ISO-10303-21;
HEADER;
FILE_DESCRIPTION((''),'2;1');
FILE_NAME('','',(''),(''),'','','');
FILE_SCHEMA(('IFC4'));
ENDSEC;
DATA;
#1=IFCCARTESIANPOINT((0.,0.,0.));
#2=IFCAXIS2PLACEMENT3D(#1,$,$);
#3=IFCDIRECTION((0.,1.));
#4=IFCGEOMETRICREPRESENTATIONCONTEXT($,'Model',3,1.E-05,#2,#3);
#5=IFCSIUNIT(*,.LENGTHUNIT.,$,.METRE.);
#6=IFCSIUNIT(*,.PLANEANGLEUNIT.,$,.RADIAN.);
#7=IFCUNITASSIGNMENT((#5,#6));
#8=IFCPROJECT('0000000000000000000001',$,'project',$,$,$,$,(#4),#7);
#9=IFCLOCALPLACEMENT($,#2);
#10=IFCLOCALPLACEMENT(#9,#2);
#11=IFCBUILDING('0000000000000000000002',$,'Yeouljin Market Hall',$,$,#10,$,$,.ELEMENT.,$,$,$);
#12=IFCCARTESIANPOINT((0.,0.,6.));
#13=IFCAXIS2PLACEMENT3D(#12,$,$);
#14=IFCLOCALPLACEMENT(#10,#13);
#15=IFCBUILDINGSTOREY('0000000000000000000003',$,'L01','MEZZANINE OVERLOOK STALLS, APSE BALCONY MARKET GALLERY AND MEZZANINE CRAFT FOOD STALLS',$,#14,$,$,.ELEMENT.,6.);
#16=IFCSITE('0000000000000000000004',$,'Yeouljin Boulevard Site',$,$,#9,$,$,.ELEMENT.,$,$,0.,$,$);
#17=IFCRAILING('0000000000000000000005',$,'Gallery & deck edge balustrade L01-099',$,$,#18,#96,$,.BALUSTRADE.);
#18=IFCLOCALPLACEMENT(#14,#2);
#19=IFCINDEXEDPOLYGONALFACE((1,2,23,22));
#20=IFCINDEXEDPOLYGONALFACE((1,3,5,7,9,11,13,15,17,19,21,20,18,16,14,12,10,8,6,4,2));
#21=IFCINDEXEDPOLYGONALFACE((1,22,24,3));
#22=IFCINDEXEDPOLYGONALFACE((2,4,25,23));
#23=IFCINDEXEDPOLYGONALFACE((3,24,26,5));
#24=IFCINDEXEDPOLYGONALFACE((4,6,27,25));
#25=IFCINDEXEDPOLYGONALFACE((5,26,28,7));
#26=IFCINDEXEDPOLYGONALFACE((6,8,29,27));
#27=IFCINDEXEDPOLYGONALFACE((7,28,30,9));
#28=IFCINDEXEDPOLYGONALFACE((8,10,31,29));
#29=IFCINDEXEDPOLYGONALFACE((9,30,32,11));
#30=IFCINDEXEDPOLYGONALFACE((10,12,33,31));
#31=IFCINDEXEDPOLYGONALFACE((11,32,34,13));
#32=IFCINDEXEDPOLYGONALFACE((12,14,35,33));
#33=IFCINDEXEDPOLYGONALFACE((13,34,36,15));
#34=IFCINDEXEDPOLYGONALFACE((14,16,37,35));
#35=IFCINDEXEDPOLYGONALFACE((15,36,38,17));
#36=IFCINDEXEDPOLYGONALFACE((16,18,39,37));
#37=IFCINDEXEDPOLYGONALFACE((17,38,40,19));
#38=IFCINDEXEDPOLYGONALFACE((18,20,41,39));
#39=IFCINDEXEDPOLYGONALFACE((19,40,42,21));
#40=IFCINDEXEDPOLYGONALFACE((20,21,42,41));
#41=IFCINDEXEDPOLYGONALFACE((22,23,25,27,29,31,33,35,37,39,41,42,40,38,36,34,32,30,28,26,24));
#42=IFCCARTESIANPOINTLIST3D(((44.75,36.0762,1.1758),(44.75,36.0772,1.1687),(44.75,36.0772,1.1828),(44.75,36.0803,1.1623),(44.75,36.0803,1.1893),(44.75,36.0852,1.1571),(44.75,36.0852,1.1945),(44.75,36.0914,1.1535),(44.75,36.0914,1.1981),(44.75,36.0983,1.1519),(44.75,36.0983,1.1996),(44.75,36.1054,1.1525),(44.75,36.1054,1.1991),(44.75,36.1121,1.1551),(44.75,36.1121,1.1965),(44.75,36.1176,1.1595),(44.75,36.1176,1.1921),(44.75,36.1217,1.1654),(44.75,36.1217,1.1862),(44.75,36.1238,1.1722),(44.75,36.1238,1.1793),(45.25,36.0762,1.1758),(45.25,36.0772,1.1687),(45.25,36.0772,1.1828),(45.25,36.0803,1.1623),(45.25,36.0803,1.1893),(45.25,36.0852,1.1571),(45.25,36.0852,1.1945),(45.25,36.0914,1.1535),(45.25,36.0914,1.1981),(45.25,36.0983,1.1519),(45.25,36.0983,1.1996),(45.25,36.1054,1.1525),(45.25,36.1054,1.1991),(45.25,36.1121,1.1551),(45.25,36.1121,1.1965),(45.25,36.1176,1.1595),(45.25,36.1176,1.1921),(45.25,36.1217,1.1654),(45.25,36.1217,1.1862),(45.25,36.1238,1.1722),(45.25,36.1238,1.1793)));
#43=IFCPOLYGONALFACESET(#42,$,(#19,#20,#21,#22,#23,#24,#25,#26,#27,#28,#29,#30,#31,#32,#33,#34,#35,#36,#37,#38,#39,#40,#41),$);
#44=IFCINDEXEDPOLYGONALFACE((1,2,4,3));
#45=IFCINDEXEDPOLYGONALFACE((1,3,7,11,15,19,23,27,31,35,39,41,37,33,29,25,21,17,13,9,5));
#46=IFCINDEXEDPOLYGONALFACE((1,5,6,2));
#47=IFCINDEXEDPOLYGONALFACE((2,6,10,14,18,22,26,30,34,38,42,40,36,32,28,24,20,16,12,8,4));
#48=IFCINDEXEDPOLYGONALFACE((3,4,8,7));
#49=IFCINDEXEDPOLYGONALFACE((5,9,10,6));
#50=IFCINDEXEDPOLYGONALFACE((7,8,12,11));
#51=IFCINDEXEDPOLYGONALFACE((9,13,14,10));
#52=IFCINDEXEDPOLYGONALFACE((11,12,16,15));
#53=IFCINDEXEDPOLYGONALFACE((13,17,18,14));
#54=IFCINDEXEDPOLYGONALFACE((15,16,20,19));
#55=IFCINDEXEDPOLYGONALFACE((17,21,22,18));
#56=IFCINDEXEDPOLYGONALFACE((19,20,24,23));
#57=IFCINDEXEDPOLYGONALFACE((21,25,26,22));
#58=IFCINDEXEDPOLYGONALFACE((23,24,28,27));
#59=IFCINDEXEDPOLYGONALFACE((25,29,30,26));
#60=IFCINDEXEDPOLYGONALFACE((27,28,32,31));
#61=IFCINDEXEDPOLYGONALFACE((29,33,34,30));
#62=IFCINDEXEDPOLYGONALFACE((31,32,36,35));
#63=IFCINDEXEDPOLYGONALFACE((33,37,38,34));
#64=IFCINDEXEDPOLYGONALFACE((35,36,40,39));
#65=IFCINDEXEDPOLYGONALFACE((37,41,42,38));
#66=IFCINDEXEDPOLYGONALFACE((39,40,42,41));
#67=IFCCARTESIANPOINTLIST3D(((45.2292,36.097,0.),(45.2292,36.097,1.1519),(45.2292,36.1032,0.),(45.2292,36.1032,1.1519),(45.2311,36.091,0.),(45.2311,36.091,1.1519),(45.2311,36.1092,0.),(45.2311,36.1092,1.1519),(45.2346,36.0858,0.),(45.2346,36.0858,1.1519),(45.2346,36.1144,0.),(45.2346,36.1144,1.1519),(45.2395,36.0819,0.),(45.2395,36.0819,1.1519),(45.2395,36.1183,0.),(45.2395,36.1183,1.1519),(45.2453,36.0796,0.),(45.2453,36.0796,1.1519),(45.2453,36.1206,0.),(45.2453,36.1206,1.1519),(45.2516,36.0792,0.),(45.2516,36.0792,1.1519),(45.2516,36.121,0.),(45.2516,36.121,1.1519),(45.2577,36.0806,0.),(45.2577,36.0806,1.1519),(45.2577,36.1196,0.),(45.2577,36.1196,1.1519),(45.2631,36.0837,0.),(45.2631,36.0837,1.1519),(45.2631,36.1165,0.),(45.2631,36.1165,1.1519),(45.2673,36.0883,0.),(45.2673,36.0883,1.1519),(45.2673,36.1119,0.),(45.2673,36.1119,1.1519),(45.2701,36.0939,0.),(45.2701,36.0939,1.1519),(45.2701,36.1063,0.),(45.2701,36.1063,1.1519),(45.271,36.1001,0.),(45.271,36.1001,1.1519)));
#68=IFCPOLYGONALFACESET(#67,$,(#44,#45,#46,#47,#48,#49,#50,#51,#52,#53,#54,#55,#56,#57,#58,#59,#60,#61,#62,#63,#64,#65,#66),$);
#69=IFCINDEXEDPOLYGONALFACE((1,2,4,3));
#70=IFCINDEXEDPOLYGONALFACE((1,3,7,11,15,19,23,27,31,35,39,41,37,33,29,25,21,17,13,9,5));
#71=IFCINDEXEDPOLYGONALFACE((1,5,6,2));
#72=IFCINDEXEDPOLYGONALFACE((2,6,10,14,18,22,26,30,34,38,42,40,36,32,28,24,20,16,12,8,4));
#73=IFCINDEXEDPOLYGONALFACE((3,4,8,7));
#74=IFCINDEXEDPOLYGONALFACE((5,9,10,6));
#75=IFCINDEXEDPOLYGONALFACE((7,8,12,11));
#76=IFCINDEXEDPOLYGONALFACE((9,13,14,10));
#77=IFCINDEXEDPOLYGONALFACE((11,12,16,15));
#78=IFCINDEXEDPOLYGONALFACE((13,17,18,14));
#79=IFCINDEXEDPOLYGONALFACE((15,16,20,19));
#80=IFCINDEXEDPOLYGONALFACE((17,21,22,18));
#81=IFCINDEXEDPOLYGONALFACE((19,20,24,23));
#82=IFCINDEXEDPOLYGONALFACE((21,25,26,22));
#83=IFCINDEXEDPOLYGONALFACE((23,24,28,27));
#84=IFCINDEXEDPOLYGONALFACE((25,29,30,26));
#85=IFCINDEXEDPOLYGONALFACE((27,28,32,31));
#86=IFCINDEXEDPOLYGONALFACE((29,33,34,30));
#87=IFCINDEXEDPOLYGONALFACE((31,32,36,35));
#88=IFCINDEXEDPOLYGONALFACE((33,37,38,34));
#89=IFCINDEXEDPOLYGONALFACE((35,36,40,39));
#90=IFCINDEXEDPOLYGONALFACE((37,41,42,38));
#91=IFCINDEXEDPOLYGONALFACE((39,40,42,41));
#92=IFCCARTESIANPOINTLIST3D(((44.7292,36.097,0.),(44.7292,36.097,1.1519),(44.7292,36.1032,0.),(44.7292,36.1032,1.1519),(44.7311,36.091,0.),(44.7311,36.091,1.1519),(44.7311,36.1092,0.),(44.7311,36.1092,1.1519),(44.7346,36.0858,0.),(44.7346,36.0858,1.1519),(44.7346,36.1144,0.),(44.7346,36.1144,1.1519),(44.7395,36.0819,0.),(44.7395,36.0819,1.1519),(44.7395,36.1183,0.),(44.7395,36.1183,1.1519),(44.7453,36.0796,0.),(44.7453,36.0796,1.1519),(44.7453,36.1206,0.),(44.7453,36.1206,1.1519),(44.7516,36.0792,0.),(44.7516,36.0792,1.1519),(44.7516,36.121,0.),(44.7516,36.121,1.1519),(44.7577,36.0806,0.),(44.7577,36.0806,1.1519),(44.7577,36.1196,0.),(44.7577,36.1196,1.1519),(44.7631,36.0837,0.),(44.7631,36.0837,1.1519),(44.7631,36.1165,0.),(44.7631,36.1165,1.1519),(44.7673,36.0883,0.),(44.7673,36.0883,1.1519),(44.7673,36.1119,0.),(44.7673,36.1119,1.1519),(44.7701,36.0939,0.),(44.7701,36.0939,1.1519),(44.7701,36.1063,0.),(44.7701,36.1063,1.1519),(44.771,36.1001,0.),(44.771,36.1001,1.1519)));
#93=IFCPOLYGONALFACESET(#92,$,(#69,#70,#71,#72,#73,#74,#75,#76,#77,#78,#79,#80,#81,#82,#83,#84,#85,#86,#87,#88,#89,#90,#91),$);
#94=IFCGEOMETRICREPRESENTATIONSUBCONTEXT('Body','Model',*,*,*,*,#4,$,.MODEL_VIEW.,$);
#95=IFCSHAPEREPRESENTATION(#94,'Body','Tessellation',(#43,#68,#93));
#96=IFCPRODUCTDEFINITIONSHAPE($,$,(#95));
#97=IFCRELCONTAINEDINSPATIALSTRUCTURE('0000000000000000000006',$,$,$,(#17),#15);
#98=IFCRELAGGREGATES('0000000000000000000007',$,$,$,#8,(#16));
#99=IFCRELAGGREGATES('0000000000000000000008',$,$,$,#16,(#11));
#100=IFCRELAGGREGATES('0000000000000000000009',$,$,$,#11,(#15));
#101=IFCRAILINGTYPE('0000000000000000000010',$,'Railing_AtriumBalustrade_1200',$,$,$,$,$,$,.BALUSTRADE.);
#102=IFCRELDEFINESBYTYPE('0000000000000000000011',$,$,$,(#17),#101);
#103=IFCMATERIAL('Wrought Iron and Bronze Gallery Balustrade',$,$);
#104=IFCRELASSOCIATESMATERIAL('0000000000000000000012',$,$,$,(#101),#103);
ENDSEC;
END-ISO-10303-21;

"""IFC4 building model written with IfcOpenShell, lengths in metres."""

from ifc_helpers import new_model, si_unit, direction, frame, origin, origin_2d, place, context, subcontext, project, spatial, circle, extrude, material, type_object, element, save


model = new_model("IFC4")

# Units and contexts
model_context = context("Model", 3, precision=1e-05, world=origin(), true_north=direction((0.0, 1.0)))
body_context = subcontext(model_context, "Body", "Model", "MODEL_VIEW")
ifc_project = project(units=[si_unit("LENGTHUNIT", "METRE"), si_unit("PLANEANGLEUNIT", "RADIAN")], contexts=[model_context])

# Site, building, storey
site_placement = place(None, origin())
site = spatial("IfcSite", under=ifc_project, at=site_placement, Name="Yeouljin Boulevard Site", CompositionType="ELEMENT", RefElevation=0.0)
building_placement = place(site_placement, origin())
building = spatial("IfcBuilding", under=site, at=building_placement, Name="Yeouljin Market Hall", CompositionType="ELEMENT")
storey_placement = place(building_placement, frame((0.0, 0.0, 6.0)))
storey = spatial("IfcBuildingStorey", under=building, at=storey_placement, Name="L01", Description="MEZZANINE OVERLOOK STALLS, APSE BALCONY MARKET GALLERY AND MEZZANINE CRAFT FOOD STALLS", CompositionType="ELEMENT", Elevation=6.0)

# Railing
ifc_material_1 = material(Name="Wrought Iron and Bronze Gallery Balustrade")
railing_type = type_object("IfcRailingType", Name="Railing_AtriumBalustrade_1200", PredefinedType="BALUSTRADE", material=ifc_material_1)
railing_placement = place(storey_placement, frame((45.25, 36.1001, 0.0)))
element("IfcRailing", 1, at=railing_placement, inside=storey, type_object=railing_type, Name="Gallery & deck edge balustrade L01-099", PredefinedType="BALUSTRADE", context=body_context, shape_type="SweptSolid", body=[
    extrude(circle(Radius=0.0239, at=origin_2d()), frame((0.0, 0.0, 1.1758), z_axis=(-1.0, 0.0, 0.0), x_axis=(0.0, -1.0, 0.0)), (0.0, 0.0, 1.0), 0.5),
    extrude(circle(Radius=0.021, at=origin_2d()), origin(), (0.0, 0.0, 1.0), 1.1519),
    extrude(circle(Radius=0.021, at=origin_2d()), frame((-0.5, 0.0, 0.0)), (0.0, 0.0, 1.0), 1.1519),
])

save(model, "model.ifc")
